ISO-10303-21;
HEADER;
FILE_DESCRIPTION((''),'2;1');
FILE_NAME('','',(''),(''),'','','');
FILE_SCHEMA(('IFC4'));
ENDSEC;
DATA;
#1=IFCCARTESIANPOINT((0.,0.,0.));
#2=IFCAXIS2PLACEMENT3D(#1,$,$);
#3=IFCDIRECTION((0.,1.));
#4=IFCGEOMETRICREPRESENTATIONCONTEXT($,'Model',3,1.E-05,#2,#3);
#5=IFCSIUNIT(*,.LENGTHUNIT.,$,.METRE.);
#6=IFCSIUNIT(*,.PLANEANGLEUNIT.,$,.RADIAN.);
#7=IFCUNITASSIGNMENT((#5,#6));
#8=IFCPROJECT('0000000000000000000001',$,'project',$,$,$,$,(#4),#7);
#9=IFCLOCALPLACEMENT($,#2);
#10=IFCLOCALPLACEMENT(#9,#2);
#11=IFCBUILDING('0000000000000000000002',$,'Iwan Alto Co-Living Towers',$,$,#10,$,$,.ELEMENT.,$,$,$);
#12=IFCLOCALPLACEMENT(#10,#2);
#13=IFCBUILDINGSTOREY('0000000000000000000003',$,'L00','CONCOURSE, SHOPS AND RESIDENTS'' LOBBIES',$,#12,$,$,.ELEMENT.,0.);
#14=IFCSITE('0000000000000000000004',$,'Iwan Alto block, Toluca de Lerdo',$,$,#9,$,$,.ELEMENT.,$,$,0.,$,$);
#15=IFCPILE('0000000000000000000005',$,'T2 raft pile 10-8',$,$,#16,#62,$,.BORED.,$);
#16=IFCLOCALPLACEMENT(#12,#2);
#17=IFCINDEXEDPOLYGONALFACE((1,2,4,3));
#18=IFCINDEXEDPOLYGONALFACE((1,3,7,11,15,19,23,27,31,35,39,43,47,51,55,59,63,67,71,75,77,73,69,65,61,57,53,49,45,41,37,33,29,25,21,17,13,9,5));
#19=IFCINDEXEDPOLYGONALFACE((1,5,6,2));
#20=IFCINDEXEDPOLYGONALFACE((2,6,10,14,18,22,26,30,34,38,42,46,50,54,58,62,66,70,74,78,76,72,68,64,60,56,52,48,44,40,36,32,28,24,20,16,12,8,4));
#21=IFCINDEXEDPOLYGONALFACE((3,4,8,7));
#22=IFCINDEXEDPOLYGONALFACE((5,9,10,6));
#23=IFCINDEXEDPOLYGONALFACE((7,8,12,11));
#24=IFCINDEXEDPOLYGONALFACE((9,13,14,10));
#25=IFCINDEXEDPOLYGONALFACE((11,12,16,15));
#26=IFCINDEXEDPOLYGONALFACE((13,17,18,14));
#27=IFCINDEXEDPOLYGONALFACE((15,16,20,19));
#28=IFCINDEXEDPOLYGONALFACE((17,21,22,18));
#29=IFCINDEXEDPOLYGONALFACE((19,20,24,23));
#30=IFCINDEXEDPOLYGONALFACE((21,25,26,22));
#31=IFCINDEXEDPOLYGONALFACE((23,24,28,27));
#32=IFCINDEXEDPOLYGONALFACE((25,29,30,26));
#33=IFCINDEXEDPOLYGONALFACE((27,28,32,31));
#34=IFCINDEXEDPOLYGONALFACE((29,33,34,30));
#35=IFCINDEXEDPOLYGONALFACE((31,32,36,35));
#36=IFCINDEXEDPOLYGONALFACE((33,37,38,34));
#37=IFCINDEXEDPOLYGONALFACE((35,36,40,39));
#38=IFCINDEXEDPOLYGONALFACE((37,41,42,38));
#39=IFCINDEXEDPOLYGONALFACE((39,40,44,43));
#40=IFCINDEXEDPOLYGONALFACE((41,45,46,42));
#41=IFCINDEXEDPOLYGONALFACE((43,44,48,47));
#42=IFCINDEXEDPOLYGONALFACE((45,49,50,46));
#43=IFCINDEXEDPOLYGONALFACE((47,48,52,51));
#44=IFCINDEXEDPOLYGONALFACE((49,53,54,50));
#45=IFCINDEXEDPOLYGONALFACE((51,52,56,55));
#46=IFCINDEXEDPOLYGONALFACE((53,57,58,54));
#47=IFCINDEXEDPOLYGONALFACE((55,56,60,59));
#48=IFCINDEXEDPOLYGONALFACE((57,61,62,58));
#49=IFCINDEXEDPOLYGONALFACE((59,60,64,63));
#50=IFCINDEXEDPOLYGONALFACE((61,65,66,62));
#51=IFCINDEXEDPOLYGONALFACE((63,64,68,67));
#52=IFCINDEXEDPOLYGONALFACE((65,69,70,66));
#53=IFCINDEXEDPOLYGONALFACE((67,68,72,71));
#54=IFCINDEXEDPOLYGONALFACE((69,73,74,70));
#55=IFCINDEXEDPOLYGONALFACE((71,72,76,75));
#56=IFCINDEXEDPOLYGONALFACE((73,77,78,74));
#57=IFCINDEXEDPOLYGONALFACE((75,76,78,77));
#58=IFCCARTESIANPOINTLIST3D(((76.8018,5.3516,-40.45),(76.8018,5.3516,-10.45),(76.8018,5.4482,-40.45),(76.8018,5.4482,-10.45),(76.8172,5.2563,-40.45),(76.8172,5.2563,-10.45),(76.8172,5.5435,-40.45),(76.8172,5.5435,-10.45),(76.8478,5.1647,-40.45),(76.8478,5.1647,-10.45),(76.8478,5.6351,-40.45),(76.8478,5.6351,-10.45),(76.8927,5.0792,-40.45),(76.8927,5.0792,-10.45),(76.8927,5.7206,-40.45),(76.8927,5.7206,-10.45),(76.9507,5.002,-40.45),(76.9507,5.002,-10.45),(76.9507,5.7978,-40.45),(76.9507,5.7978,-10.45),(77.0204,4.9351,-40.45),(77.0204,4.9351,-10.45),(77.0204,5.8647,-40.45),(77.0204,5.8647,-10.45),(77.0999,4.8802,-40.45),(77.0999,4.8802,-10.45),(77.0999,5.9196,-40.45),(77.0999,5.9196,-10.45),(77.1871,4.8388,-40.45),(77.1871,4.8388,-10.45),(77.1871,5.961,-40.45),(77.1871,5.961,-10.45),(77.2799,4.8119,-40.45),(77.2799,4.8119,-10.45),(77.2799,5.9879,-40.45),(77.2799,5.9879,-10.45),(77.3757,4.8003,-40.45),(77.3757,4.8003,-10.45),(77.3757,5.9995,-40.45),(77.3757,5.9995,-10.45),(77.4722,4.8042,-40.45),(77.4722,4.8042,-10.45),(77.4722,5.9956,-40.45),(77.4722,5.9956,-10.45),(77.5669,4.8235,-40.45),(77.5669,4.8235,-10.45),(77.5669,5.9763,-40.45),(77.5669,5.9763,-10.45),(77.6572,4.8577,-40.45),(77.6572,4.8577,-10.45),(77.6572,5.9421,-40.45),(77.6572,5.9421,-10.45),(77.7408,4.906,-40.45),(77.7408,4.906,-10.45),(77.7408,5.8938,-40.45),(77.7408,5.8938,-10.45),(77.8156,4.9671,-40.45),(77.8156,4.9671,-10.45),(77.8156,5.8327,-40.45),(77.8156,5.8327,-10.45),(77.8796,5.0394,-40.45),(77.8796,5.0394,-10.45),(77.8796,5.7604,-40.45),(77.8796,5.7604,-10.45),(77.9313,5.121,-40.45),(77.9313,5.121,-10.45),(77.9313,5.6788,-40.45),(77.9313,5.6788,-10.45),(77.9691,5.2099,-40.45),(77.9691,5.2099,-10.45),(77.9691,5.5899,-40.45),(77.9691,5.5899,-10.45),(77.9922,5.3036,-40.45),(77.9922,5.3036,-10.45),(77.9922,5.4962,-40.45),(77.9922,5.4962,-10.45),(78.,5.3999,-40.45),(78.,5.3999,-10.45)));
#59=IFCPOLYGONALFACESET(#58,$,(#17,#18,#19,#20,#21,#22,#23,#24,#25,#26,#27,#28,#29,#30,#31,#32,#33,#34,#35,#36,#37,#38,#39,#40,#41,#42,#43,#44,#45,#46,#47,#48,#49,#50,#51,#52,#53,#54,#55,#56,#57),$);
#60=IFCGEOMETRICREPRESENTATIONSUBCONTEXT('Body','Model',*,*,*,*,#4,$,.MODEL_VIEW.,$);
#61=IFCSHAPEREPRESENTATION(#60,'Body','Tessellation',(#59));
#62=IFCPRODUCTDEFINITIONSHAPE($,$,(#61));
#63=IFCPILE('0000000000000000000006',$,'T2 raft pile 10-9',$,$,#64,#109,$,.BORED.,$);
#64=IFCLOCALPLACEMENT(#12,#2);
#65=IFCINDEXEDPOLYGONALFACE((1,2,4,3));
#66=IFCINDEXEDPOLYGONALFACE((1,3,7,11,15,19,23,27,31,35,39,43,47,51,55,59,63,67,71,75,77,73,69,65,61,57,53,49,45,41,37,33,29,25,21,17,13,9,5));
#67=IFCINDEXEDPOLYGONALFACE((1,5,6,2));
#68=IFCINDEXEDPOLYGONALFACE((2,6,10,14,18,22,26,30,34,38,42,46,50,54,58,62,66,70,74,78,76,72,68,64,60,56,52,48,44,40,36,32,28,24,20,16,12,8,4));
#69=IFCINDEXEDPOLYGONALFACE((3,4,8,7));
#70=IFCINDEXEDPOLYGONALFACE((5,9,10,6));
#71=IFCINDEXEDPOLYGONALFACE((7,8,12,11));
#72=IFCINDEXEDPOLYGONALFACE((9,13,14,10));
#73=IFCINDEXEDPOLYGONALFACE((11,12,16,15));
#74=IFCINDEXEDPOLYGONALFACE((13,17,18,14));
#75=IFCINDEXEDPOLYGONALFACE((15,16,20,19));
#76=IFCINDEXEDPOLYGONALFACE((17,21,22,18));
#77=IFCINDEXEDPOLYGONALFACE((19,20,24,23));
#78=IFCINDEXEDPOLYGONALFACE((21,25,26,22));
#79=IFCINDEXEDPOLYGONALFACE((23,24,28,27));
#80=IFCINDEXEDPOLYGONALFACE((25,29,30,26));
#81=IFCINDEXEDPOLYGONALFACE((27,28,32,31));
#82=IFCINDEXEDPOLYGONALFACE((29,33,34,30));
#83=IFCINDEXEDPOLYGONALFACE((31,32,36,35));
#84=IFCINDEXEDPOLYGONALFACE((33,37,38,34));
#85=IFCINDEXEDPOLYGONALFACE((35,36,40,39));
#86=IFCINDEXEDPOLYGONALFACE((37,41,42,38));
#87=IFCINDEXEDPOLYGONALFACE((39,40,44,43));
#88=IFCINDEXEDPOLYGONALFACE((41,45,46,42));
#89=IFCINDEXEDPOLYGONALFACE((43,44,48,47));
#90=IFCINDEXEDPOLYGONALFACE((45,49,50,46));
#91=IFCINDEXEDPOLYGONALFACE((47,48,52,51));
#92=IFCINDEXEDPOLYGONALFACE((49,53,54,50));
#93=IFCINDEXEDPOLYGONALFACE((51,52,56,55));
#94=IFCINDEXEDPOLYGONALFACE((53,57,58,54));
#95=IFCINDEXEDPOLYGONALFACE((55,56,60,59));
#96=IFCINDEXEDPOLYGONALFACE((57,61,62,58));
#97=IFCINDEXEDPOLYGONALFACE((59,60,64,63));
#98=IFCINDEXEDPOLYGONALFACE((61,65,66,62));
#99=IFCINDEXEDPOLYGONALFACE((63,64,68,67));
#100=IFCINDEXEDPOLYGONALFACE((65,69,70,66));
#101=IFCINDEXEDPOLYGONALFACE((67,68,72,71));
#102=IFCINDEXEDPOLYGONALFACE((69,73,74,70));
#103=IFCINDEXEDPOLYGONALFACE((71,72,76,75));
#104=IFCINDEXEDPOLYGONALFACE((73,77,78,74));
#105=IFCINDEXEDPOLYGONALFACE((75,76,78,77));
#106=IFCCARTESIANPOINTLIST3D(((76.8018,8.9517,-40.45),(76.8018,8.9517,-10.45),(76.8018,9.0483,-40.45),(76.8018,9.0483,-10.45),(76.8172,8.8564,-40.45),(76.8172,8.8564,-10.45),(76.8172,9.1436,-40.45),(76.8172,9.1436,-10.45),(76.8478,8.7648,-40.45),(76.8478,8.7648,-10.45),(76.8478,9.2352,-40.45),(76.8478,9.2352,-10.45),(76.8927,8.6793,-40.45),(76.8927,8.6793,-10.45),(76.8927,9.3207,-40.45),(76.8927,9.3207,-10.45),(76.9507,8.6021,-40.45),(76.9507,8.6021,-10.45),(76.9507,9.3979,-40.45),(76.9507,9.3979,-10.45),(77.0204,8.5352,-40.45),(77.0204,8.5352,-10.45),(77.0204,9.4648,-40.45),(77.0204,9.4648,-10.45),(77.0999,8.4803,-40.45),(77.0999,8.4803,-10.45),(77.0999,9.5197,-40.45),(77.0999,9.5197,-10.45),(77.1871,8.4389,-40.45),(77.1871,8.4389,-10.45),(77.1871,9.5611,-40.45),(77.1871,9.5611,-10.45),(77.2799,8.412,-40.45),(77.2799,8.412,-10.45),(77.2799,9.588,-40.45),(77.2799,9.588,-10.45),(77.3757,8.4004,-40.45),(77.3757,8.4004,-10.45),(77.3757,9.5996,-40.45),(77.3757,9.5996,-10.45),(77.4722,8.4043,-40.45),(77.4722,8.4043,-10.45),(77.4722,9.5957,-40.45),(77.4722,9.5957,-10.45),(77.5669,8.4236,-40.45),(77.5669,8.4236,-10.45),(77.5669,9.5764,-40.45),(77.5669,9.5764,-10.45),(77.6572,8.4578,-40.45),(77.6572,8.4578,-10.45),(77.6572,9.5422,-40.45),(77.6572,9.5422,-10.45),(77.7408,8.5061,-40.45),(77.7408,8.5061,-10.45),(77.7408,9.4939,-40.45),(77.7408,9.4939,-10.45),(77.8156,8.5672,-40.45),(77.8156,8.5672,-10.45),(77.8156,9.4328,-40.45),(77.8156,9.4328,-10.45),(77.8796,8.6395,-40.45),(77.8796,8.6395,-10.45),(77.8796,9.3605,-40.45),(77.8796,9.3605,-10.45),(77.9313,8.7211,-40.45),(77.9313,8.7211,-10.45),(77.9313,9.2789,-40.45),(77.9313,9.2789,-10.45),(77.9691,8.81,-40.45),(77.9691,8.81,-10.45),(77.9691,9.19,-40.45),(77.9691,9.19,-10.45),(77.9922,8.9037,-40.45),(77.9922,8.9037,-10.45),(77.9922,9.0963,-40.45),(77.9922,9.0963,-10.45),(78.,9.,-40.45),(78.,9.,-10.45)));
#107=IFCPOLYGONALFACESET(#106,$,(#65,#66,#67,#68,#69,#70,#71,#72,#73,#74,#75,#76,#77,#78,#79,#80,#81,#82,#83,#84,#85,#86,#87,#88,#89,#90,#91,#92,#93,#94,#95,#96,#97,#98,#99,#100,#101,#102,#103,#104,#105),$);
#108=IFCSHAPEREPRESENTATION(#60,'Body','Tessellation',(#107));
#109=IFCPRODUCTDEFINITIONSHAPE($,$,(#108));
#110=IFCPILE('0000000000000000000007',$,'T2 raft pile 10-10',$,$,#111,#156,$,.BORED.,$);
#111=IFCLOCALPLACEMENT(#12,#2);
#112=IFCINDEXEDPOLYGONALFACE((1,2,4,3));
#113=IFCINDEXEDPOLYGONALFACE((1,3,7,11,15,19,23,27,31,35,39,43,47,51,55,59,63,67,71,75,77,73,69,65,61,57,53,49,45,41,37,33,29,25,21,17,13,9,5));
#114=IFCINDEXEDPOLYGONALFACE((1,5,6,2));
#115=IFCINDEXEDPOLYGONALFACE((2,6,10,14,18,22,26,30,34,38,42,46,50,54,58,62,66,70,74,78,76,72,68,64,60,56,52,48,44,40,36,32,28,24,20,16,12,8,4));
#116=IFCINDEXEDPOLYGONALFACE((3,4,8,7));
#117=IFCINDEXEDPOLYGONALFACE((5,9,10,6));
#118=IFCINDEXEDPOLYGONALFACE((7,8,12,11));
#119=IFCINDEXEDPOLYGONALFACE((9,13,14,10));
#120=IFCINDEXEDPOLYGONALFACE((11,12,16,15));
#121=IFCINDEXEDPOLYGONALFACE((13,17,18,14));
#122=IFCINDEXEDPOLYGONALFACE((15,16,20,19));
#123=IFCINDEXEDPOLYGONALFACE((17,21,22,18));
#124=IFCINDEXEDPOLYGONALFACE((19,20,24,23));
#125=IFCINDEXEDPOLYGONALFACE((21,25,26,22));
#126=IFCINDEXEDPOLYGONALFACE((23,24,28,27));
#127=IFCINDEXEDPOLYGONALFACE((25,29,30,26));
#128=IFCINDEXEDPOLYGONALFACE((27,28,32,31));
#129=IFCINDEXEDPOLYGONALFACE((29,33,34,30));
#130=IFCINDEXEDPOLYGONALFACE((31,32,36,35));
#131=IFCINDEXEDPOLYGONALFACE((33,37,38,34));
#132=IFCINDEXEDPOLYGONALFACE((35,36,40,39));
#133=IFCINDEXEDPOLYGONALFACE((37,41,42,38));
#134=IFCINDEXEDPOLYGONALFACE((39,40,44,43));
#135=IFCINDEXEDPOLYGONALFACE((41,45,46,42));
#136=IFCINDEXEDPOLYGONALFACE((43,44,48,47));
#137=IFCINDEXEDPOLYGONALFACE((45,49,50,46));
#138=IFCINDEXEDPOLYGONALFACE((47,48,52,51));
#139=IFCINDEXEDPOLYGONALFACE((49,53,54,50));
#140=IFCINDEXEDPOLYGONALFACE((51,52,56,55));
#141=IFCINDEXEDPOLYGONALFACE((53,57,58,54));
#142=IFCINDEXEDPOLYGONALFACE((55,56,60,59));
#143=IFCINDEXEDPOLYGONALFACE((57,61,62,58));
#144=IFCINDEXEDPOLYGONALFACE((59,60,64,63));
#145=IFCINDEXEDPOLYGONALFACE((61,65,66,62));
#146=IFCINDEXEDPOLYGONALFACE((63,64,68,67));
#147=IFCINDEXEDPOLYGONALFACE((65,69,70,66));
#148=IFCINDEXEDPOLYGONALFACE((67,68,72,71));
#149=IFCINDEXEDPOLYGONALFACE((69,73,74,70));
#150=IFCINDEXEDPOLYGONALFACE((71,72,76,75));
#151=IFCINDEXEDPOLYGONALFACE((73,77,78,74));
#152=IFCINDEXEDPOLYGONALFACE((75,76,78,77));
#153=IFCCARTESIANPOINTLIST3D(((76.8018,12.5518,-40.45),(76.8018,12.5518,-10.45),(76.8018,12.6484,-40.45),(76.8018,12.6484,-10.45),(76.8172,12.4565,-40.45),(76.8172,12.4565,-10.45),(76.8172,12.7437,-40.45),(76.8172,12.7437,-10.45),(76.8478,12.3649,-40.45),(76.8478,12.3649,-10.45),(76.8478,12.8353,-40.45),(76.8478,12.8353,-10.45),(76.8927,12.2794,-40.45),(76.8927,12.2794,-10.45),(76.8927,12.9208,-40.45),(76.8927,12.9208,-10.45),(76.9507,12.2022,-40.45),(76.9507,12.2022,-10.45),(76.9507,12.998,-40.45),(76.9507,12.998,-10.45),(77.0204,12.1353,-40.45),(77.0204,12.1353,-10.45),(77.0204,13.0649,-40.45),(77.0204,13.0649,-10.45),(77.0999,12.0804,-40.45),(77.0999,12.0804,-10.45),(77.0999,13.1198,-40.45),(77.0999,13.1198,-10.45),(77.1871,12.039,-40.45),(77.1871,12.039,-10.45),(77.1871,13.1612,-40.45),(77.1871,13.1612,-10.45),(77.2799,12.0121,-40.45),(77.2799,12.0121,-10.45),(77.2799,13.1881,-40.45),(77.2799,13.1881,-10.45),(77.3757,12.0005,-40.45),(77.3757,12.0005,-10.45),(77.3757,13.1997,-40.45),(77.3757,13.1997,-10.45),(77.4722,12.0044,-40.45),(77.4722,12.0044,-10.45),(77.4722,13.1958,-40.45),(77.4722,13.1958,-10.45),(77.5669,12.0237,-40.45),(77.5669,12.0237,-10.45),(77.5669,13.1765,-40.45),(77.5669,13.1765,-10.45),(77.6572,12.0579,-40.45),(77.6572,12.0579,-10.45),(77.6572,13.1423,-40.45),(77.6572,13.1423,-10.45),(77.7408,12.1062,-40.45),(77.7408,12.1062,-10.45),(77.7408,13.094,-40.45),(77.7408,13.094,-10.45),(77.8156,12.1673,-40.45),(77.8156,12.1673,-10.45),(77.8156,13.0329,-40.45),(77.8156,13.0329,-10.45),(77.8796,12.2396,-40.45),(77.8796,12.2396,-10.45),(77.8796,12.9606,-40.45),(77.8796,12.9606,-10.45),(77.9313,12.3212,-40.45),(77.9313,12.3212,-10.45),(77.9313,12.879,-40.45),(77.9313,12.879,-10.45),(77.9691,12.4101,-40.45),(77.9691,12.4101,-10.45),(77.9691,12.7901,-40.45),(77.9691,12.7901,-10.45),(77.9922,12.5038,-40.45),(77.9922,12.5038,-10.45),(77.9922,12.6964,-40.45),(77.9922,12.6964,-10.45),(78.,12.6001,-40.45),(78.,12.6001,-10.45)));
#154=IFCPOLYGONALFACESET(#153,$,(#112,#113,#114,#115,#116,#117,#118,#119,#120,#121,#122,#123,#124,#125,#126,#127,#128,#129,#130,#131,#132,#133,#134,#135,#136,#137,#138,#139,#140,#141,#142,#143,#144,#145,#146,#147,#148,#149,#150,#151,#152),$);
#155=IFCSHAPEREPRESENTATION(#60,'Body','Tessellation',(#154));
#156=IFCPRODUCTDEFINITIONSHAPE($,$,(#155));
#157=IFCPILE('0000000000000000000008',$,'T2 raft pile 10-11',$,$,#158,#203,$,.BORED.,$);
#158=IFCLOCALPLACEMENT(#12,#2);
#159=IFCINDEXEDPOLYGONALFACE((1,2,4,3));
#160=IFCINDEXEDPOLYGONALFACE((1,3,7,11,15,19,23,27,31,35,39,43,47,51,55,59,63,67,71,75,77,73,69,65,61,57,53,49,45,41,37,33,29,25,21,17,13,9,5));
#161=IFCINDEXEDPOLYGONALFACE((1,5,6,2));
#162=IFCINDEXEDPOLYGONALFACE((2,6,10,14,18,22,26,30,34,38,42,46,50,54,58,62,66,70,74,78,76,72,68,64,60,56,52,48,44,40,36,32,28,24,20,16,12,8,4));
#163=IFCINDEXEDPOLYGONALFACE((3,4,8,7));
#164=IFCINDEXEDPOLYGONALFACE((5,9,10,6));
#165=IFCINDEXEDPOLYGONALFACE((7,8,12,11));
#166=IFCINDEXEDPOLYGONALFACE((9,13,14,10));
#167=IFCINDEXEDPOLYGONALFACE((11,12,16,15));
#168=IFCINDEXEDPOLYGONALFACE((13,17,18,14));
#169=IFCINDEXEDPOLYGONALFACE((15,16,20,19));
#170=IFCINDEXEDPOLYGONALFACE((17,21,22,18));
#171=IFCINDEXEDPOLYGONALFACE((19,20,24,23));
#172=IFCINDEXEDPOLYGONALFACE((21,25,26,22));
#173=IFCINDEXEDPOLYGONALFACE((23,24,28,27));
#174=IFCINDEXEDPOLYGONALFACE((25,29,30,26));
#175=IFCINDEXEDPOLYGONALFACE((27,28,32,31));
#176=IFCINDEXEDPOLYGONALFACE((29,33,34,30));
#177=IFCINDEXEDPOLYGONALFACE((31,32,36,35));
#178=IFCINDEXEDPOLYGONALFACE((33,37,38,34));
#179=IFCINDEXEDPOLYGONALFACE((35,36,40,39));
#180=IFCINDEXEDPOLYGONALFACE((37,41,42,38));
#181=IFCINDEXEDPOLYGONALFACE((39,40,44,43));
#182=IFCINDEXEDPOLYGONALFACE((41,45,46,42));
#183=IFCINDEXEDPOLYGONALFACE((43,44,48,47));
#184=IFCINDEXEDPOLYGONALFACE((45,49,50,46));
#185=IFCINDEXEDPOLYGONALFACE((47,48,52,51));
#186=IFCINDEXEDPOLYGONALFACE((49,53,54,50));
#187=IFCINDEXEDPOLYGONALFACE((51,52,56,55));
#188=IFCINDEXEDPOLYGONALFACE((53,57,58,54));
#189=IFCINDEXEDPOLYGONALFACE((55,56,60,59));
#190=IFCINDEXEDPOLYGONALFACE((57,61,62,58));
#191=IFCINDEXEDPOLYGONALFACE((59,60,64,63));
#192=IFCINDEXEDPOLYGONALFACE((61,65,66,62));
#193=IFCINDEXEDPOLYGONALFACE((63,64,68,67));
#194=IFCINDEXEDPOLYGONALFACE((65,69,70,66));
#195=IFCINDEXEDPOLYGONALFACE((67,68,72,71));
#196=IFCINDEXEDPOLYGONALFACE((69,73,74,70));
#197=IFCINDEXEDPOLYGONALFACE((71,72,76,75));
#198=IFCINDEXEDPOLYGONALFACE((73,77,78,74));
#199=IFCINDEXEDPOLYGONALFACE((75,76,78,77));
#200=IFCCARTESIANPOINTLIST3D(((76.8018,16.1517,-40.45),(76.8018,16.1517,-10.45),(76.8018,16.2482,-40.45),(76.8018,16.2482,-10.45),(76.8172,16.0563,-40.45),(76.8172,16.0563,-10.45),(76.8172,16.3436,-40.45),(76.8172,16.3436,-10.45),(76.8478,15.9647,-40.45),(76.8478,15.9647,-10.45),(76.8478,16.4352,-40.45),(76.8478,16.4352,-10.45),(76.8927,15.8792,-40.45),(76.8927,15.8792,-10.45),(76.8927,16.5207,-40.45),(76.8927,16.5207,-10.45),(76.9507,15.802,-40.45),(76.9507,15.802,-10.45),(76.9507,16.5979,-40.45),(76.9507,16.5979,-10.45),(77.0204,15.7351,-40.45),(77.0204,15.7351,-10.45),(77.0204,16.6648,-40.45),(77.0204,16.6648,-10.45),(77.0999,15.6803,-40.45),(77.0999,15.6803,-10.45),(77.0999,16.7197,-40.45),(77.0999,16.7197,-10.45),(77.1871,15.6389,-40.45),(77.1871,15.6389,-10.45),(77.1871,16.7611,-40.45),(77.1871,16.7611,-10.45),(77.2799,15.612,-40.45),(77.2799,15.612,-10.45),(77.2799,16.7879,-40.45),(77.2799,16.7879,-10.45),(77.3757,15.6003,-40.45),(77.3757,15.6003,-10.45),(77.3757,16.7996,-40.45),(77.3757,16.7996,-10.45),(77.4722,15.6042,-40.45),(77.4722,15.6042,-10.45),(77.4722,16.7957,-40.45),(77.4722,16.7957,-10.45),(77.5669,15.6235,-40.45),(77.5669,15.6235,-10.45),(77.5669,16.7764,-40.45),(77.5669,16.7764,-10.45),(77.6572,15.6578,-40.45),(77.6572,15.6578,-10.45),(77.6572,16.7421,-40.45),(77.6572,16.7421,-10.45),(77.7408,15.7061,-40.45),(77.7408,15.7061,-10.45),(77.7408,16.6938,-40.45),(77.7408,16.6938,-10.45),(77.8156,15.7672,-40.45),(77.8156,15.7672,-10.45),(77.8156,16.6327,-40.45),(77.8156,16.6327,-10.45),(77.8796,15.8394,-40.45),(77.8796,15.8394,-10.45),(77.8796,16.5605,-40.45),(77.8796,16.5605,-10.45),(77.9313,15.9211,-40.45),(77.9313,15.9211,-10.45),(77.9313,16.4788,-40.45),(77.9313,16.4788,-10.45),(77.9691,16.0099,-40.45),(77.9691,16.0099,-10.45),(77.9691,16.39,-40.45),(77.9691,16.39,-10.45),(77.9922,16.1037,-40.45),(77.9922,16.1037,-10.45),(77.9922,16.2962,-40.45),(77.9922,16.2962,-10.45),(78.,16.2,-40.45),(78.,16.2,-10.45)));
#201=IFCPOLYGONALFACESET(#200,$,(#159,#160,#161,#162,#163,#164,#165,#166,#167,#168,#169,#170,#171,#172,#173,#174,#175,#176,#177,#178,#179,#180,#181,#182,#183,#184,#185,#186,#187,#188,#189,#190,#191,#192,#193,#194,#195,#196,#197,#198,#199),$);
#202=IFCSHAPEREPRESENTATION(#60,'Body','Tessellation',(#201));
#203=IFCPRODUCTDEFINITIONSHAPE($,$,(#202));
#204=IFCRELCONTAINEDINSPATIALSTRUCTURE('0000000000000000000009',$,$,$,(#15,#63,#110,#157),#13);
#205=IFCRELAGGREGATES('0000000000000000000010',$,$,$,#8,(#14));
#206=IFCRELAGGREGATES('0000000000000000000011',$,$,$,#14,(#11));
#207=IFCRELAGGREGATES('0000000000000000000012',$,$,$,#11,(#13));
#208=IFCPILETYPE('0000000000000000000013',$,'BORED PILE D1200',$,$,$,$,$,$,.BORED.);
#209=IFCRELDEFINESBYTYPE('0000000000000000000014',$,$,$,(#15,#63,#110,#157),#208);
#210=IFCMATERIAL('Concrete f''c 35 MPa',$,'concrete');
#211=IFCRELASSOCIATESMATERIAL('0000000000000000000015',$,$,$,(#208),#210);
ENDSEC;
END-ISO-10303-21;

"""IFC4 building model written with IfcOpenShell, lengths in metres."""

from ifc_helpers import new_model, si_unit, direction, frame, origin, origin_2d, place, context, subcontext, project, spatial, circle, extrude, material, material_profile, profile_set, type_object, element, save


model = new_model("IFC4")

# Units and contexts
model_context = context("Model", 3, precision=1e-05, world=origin(), true_north=direction((0.0, 1.0)))
body_context = subcontext(model_context, "Body", "Model", "MODEL_VIEW")
ifc_project = project(units=[si_unit("LENGTHUNIT", "METRE"), si_unit("PLANEANGLEUNIT", "RADIAN")], contexts=[model_context])

# Site, building, storey
site_placement = place(None, origin())
site = spatial("IfcSite", under=ifc_project, at=site_placement, Name="Iwan Alto block, Toluca de Lerdo", CompositionType="ELEMENT", RefElevation=0.0)
building_placement = place(site_placement, origin())
building = spatial("IfcBuilding", under=site, at=building_placement, Name="Iwan Alto Co-Living Towers", CompositionType="ELEMENT")
storey_placement = place(building_placement, origin())
storey = spatial("IfcBuildingStorey", under=building, at=storey_placement, Name="L00", Description="CONCOURSE, SHOPS AND RESIDENTS' LOBBIES", CompositionType="ELEMENT", Elevation=0.0)

# Piles
ifc_material_1 = material(Name="Concrete f'c 35 MPa", Category="concrete")
ifc_material_profile_1 = material_profile(ifc_material_1, circle(Radius=0.6001, at=origin_2d()), Name="D1200")
ifc_profile_set_1 = profile_set([ifc_material_profile_1], Name="Concrete f'c 35 MPa")
pile_type = type_object("IfcPileType", Name="BORED PILE D1200", PredefinedType="BORED", material=ifc_profile_set_1)
for number, where, z_axis, x_axis, name in (
    (1, (77.3999, 5.3999, -10.45), (0.0, 0.0, -1.0), (1.0, 0.0, 0.0), "T2 raft pile 10-8"),
    (2, (77.3999, 9.0, -10.45), (0.0, 0.0, -1.0), (1.0, 0.0, 0.0), "T2 raft pile 10-9"),
    (3, (77.3999, 12.6001, -10.45), (0.0, 0.0, -1.0), (1.0, 0.0, 0.0), "T2 raft pile 10-10"),
    (4, (77.3999, 16.2, -10.45), (0.0, 0.0, -1.0), (1.0, 0.0, 0.0), "T2 raft pile 10-11"),
):
    element("IfcPile", number, at=place(storey_placement, frame(where, z_axis=z_axis, x_axis=x_axis)), inside=storey, type_object=pile_type, Name=name, PredefinedType="BORED", context=body_context, shape_type="SweptSolid", body=[
        extrude(circle(Radius=0.6001, at=origin_2d()), origin(), (0.0, 0.0, 1.0), 30.0),
    ])

save(model, "model.ifc")
